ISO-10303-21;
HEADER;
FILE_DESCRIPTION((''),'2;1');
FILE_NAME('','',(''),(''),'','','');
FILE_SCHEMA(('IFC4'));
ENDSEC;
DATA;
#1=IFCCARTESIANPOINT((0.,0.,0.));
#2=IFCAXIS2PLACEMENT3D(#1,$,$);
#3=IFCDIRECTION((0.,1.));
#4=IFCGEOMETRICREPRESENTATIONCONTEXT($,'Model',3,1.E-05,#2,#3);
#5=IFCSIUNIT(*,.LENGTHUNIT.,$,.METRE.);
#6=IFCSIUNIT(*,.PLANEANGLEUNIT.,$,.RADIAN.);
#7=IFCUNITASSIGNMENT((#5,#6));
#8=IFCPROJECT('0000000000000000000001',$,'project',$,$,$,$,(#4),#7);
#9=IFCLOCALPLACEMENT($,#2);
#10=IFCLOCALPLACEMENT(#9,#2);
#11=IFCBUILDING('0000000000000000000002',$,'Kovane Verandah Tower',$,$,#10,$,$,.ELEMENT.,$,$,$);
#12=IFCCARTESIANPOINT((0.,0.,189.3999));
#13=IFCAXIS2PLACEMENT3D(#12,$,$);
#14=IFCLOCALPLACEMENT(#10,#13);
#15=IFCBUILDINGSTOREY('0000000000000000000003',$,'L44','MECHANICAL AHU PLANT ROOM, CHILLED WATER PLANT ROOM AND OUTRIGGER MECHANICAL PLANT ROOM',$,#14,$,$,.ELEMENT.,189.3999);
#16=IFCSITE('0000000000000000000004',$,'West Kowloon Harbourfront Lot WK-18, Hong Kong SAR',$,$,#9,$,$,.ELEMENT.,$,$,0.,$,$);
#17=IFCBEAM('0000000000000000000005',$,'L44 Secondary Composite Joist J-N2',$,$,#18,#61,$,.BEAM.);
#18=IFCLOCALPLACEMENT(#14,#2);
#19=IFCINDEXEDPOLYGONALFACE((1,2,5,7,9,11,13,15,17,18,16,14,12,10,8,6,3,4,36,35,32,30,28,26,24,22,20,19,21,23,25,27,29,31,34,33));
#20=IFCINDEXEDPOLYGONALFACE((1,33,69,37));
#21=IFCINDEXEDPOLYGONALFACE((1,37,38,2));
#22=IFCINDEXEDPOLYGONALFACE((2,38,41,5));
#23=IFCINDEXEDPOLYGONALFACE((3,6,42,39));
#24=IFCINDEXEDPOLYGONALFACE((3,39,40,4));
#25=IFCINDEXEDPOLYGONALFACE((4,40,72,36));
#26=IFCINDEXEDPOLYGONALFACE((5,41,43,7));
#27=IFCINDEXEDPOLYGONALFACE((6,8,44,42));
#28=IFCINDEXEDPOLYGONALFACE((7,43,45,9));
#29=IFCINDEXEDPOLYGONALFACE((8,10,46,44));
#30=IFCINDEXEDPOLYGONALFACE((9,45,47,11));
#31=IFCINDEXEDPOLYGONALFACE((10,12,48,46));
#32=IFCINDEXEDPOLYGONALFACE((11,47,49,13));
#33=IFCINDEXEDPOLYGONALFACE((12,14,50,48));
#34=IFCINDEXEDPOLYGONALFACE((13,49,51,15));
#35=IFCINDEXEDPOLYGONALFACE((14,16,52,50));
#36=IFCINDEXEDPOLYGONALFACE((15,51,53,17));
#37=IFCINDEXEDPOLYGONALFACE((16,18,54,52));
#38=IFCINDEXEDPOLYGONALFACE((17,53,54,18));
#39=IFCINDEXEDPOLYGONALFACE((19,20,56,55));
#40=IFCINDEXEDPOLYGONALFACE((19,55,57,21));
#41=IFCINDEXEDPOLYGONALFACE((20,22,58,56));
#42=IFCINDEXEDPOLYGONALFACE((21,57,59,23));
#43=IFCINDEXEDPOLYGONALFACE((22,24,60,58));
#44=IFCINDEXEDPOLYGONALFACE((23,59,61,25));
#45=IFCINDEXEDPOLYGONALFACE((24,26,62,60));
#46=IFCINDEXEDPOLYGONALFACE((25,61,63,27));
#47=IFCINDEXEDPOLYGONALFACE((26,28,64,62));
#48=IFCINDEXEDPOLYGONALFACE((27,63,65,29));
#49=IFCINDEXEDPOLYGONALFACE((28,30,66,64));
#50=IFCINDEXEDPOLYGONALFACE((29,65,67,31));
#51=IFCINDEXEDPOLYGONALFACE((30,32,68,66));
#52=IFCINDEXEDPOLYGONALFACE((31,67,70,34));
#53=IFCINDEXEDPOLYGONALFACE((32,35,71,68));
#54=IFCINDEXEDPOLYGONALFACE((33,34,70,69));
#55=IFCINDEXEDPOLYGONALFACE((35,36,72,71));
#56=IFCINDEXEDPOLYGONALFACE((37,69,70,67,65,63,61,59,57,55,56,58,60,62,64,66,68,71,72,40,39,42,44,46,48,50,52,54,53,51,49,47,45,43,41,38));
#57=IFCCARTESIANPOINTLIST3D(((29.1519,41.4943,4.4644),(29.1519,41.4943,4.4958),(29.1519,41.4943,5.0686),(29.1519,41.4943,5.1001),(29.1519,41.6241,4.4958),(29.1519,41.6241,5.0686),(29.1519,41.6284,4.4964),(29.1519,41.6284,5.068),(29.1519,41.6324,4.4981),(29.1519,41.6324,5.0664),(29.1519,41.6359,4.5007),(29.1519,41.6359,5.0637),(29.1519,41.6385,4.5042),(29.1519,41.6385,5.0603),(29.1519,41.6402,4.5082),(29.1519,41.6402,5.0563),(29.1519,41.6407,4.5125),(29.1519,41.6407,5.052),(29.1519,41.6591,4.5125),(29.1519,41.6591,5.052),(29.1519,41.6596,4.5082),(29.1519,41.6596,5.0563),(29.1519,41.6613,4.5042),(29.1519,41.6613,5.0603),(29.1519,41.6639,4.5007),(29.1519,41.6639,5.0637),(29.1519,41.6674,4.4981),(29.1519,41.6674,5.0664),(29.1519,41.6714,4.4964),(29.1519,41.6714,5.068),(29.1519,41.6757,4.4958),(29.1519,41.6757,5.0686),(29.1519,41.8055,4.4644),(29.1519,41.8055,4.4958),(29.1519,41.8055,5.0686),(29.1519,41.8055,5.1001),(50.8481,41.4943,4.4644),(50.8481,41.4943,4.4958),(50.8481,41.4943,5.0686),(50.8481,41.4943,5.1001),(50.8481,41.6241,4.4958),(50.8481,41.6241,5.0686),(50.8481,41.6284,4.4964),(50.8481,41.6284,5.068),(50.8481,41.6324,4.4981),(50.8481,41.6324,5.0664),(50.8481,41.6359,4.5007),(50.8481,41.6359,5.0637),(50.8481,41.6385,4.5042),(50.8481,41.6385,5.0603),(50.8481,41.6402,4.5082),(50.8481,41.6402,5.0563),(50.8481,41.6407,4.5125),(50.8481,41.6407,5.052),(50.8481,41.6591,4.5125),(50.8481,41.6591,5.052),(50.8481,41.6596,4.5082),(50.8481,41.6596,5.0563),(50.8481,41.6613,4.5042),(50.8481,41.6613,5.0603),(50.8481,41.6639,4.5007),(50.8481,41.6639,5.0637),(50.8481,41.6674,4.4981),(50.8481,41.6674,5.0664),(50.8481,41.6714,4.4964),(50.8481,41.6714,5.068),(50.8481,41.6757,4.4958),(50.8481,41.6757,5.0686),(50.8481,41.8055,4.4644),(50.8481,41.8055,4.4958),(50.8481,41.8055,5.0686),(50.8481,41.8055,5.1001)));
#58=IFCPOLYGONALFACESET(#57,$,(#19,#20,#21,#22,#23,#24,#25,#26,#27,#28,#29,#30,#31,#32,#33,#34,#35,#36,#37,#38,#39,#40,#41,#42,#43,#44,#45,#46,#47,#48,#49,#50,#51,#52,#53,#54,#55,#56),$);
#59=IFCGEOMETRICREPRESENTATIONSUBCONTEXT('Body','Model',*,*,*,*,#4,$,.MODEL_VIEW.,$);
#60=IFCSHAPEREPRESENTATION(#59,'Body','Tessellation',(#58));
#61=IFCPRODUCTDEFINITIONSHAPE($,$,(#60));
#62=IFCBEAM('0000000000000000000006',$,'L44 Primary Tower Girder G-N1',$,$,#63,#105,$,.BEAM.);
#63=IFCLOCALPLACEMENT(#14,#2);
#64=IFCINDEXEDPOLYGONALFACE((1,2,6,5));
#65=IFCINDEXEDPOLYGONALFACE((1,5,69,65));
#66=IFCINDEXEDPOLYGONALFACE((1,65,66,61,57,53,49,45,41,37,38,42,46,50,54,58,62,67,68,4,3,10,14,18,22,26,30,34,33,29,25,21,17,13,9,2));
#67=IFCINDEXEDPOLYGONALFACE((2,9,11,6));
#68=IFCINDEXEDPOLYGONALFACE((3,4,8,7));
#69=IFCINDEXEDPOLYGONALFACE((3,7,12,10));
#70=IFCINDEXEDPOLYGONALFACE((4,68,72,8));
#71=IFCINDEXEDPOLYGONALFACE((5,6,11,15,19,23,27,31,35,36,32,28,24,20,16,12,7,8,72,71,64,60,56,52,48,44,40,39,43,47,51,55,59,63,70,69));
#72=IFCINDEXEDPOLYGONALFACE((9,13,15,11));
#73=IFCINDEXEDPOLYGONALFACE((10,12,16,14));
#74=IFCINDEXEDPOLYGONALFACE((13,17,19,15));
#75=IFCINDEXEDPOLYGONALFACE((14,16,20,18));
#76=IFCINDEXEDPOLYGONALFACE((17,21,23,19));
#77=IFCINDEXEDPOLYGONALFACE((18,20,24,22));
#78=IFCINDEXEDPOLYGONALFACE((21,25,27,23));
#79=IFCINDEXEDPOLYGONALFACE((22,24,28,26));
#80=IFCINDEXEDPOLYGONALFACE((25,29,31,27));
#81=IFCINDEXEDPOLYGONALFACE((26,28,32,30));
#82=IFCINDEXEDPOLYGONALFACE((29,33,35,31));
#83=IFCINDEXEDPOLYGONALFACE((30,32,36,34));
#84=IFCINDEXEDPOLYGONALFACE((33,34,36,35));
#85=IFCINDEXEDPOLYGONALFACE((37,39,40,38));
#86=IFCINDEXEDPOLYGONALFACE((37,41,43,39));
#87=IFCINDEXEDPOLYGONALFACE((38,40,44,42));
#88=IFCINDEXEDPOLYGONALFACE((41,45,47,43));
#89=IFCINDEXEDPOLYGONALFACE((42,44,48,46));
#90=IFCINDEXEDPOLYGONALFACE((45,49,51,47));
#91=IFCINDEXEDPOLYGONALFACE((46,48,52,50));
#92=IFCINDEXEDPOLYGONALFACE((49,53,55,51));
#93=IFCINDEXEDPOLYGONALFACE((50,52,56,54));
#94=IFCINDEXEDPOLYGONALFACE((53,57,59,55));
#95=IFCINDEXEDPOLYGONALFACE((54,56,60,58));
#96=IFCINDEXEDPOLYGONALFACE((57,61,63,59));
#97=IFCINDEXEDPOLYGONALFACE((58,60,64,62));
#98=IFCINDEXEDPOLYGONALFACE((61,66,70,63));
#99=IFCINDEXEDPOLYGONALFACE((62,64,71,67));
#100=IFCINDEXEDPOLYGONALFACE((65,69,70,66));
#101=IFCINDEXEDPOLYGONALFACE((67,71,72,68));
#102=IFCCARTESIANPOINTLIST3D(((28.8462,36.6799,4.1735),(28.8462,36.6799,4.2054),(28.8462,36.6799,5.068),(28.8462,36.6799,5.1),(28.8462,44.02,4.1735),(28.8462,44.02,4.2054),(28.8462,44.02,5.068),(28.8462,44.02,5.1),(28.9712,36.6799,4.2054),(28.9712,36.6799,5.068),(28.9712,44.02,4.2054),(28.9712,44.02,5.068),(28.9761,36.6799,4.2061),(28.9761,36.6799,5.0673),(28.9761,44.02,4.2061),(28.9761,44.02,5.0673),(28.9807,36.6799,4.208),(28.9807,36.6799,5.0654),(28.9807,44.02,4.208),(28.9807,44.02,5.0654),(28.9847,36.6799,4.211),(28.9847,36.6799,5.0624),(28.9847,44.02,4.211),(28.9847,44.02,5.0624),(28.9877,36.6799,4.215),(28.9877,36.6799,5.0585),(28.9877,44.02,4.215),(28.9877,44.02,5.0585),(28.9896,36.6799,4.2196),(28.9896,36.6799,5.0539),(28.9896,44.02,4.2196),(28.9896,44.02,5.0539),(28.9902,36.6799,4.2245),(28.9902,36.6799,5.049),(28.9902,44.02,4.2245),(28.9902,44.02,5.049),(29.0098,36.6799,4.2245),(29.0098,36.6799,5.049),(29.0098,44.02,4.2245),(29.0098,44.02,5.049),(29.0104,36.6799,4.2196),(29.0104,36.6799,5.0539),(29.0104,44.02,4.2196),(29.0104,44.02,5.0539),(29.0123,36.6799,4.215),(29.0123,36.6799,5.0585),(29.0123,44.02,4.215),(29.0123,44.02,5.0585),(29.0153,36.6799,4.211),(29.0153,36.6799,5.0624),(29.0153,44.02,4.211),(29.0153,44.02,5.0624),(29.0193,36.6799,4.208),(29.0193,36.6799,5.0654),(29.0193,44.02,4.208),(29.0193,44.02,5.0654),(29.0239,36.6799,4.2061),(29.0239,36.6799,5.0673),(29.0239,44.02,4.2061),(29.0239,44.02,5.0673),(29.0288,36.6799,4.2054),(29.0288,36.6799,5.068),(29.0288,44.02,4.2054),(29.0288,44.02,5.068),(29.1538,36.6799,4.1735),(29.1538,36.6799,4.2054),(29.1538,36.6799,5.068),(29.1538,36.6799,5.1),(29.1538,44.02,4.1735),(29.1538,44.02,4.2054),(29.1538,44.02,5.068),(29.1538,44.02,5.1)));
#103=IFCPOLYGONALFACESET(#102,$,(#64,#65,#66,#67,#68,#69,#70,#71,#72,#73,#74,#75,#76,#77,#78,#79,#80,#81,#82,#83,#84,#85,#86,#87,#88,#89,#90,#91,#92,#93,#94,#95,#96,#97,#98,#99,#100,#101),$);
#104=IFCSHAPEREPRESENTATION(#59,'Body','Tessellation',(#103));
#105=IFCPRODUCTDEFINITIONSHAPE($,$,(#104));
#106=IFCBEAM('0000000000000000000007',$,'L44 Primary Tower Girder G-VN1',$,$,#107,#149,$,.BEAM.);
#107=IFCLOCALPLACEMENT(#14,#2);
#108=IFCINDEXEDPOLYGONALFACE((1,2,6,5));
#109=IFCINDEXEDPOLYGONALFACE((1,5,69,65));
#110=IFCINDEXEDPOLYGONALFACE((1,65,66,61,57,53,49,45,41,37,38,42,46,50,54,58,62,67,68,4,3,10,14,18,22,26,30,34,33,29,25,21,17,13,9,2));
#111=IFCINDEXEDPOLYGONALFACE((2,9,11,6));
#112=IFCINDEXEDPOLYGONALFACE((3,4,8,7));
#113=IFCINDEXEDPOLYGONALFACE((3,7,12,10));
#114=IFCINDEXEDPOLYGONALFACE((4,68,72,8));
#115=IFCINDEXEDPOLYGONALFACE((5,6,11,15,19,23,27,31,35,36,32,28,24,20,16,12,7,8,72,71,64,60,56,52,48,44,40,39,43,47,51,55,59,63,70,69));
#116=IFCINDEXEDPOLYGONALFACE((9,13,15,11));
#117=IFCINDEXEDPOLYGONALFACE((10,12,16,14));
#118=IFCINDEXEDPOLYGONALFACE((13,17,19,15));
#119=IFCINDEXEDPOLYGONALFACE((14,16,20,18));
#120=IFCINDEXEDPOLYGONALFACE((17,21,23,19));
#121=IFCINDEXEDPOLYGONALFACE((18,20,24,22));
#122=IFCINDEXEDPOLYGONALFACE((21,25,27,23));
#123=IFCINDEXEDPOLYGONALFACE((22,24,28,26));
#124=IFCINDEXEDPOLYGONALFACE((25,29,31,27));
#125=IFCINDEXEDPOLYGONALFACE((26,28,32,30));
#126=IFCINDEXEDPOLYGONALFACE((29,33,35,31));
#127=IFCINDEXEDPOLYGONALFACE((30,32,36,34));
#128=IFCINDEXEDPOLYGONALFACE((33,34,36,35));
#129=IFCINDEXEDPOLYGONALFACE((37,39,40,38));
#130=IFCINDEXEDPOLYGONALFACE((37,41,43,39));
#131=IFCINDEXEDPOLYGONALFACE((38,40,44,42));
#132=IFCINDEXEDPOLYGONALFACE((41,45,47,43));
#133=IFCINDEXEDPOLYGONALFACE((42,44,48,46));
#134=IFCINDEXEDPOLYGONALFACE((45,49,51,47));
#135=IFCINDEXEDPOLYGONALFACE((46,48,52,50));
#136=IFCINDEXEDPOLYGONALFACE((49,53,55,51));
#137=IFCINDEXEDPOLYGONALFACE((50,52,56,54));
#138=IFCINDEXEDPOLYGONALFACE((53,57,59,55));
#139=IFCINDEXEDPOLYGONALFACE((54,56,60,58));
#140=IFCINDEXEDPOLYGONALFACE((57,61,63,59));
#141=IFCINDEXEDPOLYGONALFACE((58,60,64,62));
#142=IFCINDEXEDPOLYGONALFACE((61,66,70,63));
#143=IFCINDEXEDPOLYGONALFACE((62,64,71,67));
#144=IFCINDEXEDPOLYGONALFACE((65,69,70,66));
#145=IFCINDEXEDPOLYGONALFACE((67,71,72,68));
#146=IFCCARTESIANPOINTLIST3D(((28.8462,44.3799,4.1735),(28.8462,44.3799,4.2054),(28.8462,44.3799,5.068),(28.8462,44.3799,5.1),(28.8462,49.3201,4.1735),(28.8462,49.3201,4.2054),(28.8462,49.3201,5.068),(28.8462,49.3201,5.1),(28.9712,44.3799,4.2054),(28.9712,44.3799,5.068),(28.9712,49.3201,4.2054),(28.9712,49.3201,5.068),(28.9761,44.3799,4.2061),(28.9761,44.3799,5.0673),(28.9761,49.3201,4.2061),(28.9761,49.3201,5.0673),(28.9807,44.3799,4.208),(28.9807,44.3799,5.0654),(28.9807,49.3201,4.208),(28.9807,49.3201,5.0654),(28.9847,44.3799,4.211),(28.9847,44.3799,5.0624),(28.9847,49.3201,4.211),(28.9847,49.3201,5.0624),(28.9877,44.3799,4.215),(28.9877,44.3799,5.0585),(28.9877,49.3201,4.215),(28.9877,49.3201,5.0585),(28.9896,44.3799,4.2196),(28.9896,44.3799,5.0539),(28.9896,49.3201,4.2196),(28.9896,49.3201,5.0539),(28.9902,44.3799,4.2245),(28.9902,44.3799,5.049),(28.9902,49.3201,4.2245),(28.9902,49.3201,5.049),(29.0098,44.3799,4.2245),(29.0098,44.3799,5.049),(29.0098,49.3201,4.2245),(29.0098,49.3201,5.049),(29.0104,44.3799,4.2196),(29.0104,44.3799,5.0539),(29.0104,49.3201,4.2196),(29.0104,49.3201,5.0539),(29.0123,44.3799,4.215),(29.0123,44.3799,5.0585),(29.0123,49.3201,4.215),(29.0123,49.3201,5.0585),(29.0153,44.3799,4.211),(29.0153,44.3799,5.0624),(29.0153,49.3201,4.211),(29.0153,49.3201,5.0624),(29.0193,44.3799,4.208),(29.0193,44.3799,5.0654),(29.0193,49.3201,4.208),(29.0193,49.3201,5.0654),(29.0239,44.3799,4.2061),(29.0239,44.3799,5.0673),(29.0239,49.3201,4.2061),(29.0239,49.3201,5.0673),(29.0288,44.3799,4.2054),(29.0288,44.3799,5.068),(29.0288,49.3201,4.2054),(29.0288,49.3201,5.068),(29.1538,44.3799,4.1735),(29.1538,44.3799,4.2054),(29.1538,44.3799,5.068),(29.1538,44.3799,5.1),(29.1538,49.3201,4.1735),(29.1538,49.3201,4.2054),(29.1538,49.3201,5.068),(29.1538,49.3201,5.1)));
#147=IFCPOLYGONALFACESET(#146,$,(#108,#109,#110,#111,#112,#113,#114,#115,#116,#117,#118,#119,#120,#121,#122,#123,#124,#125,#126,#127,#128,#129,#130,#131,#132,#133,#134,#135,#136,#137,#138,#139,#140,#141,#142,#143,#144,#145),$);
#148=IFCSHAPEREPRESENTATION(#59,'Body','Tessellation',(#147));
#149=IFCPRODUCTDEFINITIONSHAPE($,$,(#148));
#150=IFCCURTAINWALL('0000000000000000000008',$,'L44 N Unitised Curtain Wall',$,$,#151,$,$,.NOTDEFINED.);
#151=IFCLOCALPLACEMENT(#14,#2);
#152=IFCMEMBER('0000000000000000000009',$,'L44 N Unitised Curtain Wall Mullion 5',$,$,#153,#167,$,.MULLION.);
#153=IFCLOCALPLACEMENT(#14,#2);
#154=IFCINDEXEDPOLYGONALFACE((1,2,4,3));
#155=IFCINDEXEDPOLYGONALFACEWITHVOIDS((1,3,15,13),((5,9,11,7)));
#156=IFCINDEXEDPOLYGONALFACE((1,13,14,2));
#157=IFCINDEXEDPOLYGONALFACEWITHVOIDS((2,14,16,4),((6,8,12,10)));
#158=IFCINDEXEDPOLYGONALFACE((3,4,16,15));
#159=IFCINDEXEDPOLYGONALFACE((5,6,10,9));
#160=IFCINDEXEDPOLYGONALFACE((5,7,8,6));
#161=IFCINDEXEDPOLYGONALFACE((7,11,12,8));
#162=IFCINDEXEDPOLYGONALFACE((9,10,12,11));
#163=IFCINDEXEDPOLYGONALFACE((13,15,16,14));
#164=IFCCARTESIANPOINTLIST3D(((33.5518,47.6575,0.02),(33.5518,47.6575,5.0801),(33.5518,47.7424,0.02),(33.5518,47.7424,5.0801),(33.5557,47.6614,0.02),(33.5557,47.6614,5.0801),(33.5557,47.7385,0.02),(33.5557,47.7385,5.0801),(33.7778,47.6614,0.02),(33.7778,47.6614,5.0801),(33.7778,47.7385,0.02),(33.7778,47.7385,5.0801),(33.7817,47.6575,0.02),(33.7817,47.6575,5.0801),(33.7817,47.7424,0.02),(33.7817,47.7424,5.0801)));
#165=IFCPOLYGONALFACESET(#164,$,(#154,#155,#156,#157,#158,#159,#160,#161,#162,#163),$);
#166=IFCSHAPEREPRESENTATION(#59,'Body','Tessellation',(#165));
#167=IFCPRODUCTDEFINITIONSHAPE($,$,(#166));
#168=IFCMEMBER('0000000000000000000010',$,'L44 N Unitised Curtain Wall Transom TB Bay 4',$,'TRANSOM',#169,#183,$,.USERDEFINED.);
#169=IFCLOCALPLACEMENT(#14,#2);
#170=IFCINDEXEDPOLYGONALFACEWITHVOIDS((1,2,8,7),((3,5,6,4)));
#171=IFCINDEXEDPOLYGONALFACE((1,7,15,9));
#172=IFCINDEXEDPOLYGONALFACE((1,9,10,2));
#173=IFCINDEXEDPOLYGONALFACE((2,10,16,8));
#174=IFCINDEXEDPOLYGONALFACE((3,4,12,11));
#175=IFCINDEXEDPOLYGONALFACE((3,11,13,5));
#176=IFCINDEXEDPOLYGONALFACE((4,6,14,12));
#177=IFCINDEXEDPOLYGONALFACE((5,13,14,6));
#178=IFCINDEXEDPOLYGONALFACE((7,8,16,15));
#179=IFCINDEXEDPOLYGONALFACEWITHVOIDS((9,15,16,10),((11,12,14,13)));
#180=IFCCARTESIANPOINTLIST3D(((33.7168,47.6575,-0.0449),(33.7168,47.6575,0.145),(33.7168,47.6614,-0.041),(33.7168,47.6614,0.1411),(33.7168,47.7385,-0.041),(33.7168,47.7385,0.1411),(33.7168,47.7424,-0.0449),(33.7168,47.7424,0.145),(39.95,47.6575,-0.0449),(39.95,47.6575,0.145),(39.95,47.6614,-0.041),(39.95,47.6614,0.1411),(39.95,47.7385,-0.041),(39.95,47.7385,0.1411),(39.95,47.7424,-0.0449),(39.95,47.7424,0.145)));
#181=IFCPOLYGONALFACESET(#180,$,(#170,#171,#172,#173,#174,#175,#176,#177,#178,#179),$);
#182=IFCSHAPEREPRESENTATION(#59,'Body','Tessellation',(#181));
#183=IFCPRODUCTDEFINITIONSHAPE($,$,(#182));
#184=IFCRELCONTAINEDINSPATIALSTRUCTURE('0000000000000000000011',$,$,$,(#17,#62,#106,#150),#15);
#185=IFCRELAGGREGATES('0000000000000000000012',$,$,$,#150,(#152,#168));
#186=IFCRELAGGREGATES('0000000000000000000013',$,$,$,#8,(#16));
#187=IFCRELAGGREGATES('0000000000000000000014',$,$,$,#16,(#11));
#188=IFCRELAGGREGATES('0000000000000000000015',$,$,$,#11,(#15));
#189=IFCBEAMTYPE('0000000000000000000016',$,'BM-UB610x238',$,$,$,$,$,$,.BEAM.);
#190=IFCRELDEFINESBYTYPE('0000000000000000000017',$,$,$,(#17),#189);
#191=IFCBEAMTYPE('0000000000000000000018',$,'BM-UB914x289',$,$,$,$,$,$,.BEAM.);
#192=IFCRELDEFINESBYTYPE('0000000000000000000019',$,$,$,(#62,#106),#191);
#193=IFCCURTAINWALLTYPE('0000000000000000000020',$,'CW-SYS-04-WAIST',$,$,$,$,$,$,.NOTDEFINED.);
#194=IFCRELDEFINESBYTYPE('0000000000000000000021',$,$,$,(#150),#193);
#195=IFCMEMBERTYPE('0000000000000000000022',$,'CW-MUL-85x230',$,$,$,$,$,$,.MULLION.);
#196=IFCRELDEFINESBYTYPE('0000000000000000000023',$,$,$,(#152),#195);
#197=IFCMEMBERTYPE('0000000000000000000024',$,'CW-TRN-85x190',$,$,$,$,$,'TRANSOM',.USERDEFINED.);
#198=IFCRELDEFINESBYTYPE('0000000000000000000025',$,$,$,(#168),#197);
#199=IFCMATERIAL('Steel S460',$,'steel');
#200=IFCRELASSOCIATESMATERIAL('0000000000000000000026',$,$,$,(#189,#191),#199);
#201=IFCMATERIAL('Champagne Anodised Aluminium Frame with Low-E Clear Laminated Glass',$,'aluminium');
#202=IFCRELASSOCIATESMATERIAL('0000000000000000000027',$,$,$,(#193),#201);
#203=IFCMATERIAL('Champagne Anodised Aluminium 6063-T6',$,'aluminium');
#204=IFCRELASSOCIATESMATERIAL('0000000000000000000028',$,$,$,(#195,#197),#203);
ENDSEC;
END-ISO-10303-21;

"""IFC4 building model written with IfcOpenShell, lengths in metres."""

from ifc_helpers import new_model, si_unit, direction, frame, origin, origin_2d, place, context, subcontext, project, spatial, hollow_rectangle, i_section, extrude, material, material_profile, profile_set, type_object, element, aggregate, save


model = new_model("IFC4")

# Units and contexts
model_context = context("Model", 3, precision=1e-05, world=origin(), true_north=direction((0.0, 1.0)))
body_context = subcontext(model_context, "Body", "Model", "MODEL_VIEW")
ifc_project = project(units=[si_unit("LENGTHUNIT", "METRE"), si_unit("PLANEANGLEUNIT", "RADIAN")], contexts=[model_context])

# Site, building, storey
site_placement = place(None, origin())
site = spatial("IfcSite", under=ifc_project, at=site_placement, Name="West Kowloon Harbourfront Lot WK-18, Hong Kong SAR", CompositionType="ELEMENT", RefElevation=0.0)
building_placement = place(site_placement, origin())
building = spatial("IfcBuilding", under=site, at=building_placement, Name="Kovane Verandah Tower", CompositionType="ELEMENT")
storey_placement = place(building_placement, frame((0.0, 0.0, 189.3999)))
storey = spatial("IfcBuildingStorey", under=building, at=storey_placement, Name="L44", Description="MECHANICAL AHU PLANT ROOM, CHILLED WATER PLANT ROOM AND OUTRIGGER MECHANICAL PLANT ROOM", CompositionType="ELEMENT", Elevation=189.3999)

# Shared definitions
ifc_material_1 = material(Name="Steel S460", Category="steel")

# Beams
ifc_material_profile_1 = material_profile(ifc_material_1, i_section(OverallWidth=0.3113, OverallDepth=0.6357, WebThickness=0.0183, FlangeThickness=0.0315, FilletRadius=0.0166, at=origin_2d()), Name="UB610x305x238")
ifc_profile_set_1 = profile_set([ifc_material_profile_1], Name="Steel S460")
beam_type_1 = type_object("IfcBeamType", Name="BM-UB610x238", PredefinedType="BEAM", material=ifc_profile_set_1)
for number, where, z_axis, x_axis, name in (
    (1, (29.1519, 41.6499, 4.7822), (1.0, 0.0, 0.0), (0.0, 1.0, 0.0), "L44 Secondary Composite Joist J-N2"),
):
    element("IfcBeam", number, at=place(storey_placement, frame(where, z_axis=z_axis, x_axis=x_axis)), inside=storey, type_object=beam_type_1, Name=name, PredefinedType="BEAM", context=body_context, shape_type="SweptSolid", body=[
        extrude(i_section(OverallWidth=0.3113, OverallDepth=0.6357, WebThickness=0.0183, FlangeThickness=0.0315, FilletRadius=0.0166, at=origin_2d()), origin(), (0.0, 0.0, 1.0), 21.6963),
    ])
ifc_material_profile_2 = material_profile(ifc_material_1, i_section(OverallWidth=0.3076, OverallDepth=0.9265, WebThickness=0.0195, FlangeThickness=0.032, FilletRadius=0.019, at=origin_2d()), Name="UB914x305x289")
ifc_profile_set_2 = profile_set([ifc_material_profile_2], Name="Steel S460")
beam_type_2 = type_object("IfcBeamType", Name="BM-UB914x289", PredefinedType="BEAM", material=ifc_profile_set_2)
beam_1_placement = place(storey_placement, frame((29.0, 36.6799, 4.6367), z_axis=(0.0, 1.0, 0.0), x_axis=(-1.0, 0.0, 0.0)))
element("IfcBeam", 2, at=beam_1_placement, inside=storey, type_object=beam_type_2, Name="L44 Primary Tower Girder G-N1", PredefinedType="BEAM", context=body_context, shape_type="SweptSolid", body=[
    extrude(i_section(OverallWidth=0.3076, OverallDepth=0.9265, WebThickness=0.0195, FlangeThickness=0.032, FilletRadius=0.019, at=origin_2d()), origin(), (0.0, 0.0, 1.0), 7.3401),
])
beam_2_placement = place(storey_placement, frame((29.0, 44.3799, 4.6367), z_axis=(0.0, 1.0, 0.0), x_axis=(-1.0, 0.0, 0.0)))
element("IfcBeam", 3, at=beam_2_placement, inside=storey, type_object=beam_type_2, Name="L44 Primary Tower Girder G-VN1", PredefinedType="BEAM", context=body_context, shape_type="SweptSolid", body=[
    extrude(i_section(OverallWidth=0.3076, OverallDepth=0.9265, WebThickness=0.0195, FlangeThickness=0.032, FilletRadius=0.019, at=origin_2d()), origin(), (0.0, 0.0, 1.0), 4.9402),
])

# Curtain wall, members
ifc_material_2 = material(Name="Champagne Anodised Aluminium Frame with Low-E Clear Laminated Glass", Category="aluminium")
curtain_wall_type = type_object("IfcCurtainWallType", Name="CW-SYS-04-WAIST", PredefinedType="NOTDEFINED", material=ifc_material_2)
curtain_wall_placement = place(storey_placement, origin())
curtain_wall = element("IfcCurtainWall", 4, at=curtain_wall_placement, inside=storey, type_object=curtain_wall_type, Name="L44 N Unitised Curtain Wall", PredefinedType="NOTDEFINED")
ifc_material_3 = material(Name="Champagne Anodised Aluminium 6063-T6", Category="aluminium")
ifc_material_profile_3 = material_profile(ifc_material_3, hollow_rectangle(XDim=0.085, YDim=0.23, WallThickness=0.0039, at=origin_2d()), Name="AL85x230x4")
ifc_profile_set_3 = profile_set([ifc_material_profile_3], Name="Champagne Anodised Aluminium 6063-T6")
member_type_1 = type_object("IfcMemberType", Name="CW-MUL-85x230", PredefinedType="MULLION", material=ifc_profile_set_3)
member_1_placement = place(storey_placement, frame((33.6667, 47.7, 0.02), z_axis=(0.0, 0.0, 1.0), x_axis=(0.0, 1.0, 0.0)))
member_1 = element("IfcMember", 5, at=member_1_placement, type_object=member_type_1, Name="L44 N Unitised Curtain Wall Mullion 5", PredefinedType="MULLION", context=body_context, shape_type="SweptSolid", body=[
    extrude(hollow_rectangle(XDim=0.085, YDim=0.23, WallThickness=0.0039, at=origin_2d()), origin(), (0.0, 0.0, 1.0), 5.0601),
])
ifc_material_profile_4 = material_profile(ifc_material_3, hollow_rectangle(XDim=0.085, YDim=0.1899, WallThickness=0.0039, at=origin_2d()), Name="AL85x190x4")
ifc_profile_set_4 = profile_set([ifc_material_profile_4], Name="Champagne Anodised Aluminium 6063-T6")
member_type_2 = type_object("IfcMemberType", Name="CW-TRN-85x190", ElementType="TRANSOM", PredefinedType="USERDEFINED", material=ifc_profile_set_4)
member_2_placement = place(storey_placement, frame((39.95, 47.7, 0.05), z_axis=(-1.0, 0.0, 0.0), x_axis=(0.0, -1.0, 0.0)))
member_2 = element("IfcMember", 6, at=member_2_placement, type_object=member_type_2, Name="L44 N Unitised Curtain Wall Transom TB Bay 4", ObjectType="TRANSOM", PredefinedType="USERDEFINED", context=body_context, shape_type="SweptSolid", body=[
    extrude(hollow_rectangle(XDim=0.085, YDim=0.1899, WallThickness=0.0039, at=origin_2d()), origin(), (0.0, 0.0, 1.0), 6.2332),
])

aggregate(curtain_wall, [member_1, member_2])

save(model, "model.ifc")
